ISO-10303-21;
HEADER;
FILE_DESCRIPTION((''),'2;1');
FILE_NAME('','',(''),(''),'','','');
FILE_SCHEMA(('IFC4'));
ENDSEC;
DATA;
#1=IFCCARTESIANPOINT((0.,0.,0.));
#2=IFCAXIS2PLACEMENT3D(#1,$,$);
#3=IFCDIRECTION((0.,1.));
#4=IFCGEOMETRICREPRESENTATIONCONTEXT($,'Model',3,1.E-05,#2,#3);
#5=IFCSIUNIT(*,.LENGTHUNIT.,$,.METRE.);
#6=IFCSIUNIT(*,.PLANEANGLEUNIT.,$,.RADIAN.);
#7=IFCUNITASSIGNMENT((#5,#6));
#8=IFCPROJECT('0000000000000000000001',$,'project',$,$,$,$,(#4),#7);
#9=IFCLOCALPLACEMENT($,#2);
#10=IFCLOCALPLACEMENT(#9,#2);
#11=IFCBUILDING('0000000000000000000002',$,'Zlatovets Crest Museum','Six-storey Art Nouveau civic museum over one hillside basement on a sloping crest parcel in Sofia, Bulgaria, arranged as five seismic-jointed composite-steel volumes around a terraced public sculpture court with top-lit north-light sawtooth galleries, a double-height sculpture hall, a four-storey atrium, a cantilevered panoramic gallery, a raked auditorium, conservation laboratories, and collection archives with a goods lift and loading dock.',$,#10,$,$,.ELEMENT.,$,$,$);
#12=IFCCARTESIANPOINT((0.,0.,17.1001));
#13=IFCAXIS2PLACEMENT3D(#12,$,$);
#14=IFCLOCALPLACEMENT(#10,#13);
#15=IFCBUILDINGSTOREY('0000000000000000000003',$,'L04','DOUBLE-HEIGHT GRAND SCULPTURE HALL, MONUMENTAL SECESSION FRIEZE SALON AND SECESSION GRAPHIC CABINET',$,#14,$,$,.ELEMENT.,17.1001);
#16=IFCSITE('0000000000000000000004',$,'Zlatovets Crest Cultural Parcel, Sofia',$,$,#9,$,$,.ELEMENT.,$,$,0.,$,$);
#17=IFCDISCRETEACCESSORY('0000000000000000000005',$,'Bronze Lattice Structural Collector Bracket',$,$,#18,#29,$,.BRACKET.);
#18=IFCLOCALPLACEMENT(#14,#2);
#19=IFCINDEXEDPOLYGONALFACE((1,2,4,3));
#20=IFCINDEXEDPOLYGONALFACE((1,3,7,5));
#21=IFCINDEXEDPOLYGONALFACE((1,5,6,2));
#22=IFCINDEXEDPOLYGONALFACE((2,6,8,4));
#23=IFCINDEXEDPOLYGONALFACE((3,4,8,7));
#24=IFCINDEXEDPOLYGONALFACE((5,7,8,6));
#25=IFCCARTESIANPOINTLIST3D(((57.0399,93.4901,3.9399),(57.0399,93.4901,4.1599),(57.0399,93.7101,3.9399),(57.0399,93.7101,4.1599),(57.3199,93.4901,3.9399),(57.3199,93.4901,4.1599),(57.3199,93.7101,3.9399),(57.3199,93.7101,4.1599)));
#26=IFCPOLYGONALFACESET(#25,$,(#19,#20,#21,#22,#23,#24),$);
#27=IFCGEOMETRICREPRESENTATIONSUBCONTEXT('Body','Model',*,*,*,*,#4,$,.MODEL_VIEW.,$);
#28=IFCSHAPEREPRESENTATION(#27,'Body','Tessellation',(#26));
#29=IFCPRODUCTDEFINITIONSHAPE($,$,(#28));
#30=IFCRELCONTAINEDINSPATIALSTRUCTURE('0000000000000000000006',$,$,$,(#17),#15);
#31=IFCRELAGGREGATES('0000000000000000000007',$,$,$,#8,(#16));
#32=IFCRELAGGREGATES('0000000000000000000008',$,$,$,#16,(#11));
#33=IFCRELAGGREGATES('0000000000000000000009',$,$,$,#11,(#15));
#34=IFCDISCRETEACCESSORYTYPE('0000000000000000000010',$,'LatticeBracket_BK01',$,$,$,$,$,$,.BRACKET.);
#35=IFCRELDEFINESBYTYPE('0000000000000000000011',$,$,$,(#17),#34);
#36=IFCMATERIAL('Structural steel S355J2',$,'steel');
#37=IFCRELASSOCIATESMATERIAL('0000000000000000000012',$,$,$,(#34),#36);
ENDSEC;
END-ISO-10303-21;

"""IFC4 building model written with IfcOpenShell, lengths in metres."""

from ifc_helpers import new_model, si_unit, direction, frame, origin, origin_2d, place, context, subcontext, project, spatial, rectangle, extrude, material, type_object, element, save


model = new_model("IFC4")

# Units and contexts
model_context = context("Model", 3, precision=1e-05, world=origin(), true_north=direction((0.0, 1.0)))
body_context = subcontext(model_context, "Body", "Model", "MODEL_VIEW")
ifc_project = project(units=[si_unit("LENGTHUNIT", "METRE"), si_unit("PLANEANGLEUNIT", "RADIAN")], contexts=[model_context])

# Site, building, storey
site_placement = place(None, origin())
site = spatial("IfcSite", under=ifc_project, at=site_placement, Name="Zlatovets Crest Cultural Parcel, Sofia", CompositionType="ELEMENT", RefElevation=0.0)
building_placement = place(site_placement, origin())
building = spatial("IfcBuilding", under=site, at=building_placement, Name="Zlatovets Crest Museum", Description="Six-storey Art Nouveau civic museum over one hillside basement on a sloping crest parcel in Sofia, Bulgaria, arranged as five seismic-jointed composite-steel volumes around a terraced public sculpture court with top-lit north-light sawtooth galleries, a double-height sculpture hall, a four-storey atrium, a cantilevered panoramic gallery, a raked auditorium, conservation laboratories, and collection archives with a goods lift and loading dock.", CompositionType="ELEMENT")
storey_placement = place(building_placement, frame((0.0, 0.0, 17.1001)))
storey = spatial("IfcBuildingStorey", under=building, at=storey_placement, Name="L04", Description="DOUBLE-HEIGHT GRAND SCULPTURE HALL, MONUMENTAL SECESSION FRIEZE SALON AND SECESSION GRAPHIC CABINET", CompositionType="ELEMENT", Elevation=17.1001)

# Shared definitions
ifc_material_1 = material(Name="Structural steel S355J2", Category="steel")

# Discrete accessory
discrete_accessory_type = type_object("IfcDiscreteAccessoryType", Name="LatticeBracket_BK01", PredefinedType="BRACKET", material=ifc_material_1)
discrete_accessory_placement = place(storey_placement, frame((57.1799, 93.6001, 3.9399), z_axis=(0.0, 0.0, 1.0), x_axis=(1.0, 0.0, 0.0)))
element("IfcDiscreteAccessory", 1, at=discrete_accessory_placement, inside=storey, type_object=discrete_accessory_type, Name="Bronze Lattice Structural Collector Bracket", PredefinedType="BRACKET", context=body_context, shape_type="SweptSolid", body=[
    extrude(rectangle(XDim=0.28, YDim=0.22, at=origin_2d()), origin(), (0.0, 0.0, 1.0), 0.22),
])

save(model, "model.ifc")
